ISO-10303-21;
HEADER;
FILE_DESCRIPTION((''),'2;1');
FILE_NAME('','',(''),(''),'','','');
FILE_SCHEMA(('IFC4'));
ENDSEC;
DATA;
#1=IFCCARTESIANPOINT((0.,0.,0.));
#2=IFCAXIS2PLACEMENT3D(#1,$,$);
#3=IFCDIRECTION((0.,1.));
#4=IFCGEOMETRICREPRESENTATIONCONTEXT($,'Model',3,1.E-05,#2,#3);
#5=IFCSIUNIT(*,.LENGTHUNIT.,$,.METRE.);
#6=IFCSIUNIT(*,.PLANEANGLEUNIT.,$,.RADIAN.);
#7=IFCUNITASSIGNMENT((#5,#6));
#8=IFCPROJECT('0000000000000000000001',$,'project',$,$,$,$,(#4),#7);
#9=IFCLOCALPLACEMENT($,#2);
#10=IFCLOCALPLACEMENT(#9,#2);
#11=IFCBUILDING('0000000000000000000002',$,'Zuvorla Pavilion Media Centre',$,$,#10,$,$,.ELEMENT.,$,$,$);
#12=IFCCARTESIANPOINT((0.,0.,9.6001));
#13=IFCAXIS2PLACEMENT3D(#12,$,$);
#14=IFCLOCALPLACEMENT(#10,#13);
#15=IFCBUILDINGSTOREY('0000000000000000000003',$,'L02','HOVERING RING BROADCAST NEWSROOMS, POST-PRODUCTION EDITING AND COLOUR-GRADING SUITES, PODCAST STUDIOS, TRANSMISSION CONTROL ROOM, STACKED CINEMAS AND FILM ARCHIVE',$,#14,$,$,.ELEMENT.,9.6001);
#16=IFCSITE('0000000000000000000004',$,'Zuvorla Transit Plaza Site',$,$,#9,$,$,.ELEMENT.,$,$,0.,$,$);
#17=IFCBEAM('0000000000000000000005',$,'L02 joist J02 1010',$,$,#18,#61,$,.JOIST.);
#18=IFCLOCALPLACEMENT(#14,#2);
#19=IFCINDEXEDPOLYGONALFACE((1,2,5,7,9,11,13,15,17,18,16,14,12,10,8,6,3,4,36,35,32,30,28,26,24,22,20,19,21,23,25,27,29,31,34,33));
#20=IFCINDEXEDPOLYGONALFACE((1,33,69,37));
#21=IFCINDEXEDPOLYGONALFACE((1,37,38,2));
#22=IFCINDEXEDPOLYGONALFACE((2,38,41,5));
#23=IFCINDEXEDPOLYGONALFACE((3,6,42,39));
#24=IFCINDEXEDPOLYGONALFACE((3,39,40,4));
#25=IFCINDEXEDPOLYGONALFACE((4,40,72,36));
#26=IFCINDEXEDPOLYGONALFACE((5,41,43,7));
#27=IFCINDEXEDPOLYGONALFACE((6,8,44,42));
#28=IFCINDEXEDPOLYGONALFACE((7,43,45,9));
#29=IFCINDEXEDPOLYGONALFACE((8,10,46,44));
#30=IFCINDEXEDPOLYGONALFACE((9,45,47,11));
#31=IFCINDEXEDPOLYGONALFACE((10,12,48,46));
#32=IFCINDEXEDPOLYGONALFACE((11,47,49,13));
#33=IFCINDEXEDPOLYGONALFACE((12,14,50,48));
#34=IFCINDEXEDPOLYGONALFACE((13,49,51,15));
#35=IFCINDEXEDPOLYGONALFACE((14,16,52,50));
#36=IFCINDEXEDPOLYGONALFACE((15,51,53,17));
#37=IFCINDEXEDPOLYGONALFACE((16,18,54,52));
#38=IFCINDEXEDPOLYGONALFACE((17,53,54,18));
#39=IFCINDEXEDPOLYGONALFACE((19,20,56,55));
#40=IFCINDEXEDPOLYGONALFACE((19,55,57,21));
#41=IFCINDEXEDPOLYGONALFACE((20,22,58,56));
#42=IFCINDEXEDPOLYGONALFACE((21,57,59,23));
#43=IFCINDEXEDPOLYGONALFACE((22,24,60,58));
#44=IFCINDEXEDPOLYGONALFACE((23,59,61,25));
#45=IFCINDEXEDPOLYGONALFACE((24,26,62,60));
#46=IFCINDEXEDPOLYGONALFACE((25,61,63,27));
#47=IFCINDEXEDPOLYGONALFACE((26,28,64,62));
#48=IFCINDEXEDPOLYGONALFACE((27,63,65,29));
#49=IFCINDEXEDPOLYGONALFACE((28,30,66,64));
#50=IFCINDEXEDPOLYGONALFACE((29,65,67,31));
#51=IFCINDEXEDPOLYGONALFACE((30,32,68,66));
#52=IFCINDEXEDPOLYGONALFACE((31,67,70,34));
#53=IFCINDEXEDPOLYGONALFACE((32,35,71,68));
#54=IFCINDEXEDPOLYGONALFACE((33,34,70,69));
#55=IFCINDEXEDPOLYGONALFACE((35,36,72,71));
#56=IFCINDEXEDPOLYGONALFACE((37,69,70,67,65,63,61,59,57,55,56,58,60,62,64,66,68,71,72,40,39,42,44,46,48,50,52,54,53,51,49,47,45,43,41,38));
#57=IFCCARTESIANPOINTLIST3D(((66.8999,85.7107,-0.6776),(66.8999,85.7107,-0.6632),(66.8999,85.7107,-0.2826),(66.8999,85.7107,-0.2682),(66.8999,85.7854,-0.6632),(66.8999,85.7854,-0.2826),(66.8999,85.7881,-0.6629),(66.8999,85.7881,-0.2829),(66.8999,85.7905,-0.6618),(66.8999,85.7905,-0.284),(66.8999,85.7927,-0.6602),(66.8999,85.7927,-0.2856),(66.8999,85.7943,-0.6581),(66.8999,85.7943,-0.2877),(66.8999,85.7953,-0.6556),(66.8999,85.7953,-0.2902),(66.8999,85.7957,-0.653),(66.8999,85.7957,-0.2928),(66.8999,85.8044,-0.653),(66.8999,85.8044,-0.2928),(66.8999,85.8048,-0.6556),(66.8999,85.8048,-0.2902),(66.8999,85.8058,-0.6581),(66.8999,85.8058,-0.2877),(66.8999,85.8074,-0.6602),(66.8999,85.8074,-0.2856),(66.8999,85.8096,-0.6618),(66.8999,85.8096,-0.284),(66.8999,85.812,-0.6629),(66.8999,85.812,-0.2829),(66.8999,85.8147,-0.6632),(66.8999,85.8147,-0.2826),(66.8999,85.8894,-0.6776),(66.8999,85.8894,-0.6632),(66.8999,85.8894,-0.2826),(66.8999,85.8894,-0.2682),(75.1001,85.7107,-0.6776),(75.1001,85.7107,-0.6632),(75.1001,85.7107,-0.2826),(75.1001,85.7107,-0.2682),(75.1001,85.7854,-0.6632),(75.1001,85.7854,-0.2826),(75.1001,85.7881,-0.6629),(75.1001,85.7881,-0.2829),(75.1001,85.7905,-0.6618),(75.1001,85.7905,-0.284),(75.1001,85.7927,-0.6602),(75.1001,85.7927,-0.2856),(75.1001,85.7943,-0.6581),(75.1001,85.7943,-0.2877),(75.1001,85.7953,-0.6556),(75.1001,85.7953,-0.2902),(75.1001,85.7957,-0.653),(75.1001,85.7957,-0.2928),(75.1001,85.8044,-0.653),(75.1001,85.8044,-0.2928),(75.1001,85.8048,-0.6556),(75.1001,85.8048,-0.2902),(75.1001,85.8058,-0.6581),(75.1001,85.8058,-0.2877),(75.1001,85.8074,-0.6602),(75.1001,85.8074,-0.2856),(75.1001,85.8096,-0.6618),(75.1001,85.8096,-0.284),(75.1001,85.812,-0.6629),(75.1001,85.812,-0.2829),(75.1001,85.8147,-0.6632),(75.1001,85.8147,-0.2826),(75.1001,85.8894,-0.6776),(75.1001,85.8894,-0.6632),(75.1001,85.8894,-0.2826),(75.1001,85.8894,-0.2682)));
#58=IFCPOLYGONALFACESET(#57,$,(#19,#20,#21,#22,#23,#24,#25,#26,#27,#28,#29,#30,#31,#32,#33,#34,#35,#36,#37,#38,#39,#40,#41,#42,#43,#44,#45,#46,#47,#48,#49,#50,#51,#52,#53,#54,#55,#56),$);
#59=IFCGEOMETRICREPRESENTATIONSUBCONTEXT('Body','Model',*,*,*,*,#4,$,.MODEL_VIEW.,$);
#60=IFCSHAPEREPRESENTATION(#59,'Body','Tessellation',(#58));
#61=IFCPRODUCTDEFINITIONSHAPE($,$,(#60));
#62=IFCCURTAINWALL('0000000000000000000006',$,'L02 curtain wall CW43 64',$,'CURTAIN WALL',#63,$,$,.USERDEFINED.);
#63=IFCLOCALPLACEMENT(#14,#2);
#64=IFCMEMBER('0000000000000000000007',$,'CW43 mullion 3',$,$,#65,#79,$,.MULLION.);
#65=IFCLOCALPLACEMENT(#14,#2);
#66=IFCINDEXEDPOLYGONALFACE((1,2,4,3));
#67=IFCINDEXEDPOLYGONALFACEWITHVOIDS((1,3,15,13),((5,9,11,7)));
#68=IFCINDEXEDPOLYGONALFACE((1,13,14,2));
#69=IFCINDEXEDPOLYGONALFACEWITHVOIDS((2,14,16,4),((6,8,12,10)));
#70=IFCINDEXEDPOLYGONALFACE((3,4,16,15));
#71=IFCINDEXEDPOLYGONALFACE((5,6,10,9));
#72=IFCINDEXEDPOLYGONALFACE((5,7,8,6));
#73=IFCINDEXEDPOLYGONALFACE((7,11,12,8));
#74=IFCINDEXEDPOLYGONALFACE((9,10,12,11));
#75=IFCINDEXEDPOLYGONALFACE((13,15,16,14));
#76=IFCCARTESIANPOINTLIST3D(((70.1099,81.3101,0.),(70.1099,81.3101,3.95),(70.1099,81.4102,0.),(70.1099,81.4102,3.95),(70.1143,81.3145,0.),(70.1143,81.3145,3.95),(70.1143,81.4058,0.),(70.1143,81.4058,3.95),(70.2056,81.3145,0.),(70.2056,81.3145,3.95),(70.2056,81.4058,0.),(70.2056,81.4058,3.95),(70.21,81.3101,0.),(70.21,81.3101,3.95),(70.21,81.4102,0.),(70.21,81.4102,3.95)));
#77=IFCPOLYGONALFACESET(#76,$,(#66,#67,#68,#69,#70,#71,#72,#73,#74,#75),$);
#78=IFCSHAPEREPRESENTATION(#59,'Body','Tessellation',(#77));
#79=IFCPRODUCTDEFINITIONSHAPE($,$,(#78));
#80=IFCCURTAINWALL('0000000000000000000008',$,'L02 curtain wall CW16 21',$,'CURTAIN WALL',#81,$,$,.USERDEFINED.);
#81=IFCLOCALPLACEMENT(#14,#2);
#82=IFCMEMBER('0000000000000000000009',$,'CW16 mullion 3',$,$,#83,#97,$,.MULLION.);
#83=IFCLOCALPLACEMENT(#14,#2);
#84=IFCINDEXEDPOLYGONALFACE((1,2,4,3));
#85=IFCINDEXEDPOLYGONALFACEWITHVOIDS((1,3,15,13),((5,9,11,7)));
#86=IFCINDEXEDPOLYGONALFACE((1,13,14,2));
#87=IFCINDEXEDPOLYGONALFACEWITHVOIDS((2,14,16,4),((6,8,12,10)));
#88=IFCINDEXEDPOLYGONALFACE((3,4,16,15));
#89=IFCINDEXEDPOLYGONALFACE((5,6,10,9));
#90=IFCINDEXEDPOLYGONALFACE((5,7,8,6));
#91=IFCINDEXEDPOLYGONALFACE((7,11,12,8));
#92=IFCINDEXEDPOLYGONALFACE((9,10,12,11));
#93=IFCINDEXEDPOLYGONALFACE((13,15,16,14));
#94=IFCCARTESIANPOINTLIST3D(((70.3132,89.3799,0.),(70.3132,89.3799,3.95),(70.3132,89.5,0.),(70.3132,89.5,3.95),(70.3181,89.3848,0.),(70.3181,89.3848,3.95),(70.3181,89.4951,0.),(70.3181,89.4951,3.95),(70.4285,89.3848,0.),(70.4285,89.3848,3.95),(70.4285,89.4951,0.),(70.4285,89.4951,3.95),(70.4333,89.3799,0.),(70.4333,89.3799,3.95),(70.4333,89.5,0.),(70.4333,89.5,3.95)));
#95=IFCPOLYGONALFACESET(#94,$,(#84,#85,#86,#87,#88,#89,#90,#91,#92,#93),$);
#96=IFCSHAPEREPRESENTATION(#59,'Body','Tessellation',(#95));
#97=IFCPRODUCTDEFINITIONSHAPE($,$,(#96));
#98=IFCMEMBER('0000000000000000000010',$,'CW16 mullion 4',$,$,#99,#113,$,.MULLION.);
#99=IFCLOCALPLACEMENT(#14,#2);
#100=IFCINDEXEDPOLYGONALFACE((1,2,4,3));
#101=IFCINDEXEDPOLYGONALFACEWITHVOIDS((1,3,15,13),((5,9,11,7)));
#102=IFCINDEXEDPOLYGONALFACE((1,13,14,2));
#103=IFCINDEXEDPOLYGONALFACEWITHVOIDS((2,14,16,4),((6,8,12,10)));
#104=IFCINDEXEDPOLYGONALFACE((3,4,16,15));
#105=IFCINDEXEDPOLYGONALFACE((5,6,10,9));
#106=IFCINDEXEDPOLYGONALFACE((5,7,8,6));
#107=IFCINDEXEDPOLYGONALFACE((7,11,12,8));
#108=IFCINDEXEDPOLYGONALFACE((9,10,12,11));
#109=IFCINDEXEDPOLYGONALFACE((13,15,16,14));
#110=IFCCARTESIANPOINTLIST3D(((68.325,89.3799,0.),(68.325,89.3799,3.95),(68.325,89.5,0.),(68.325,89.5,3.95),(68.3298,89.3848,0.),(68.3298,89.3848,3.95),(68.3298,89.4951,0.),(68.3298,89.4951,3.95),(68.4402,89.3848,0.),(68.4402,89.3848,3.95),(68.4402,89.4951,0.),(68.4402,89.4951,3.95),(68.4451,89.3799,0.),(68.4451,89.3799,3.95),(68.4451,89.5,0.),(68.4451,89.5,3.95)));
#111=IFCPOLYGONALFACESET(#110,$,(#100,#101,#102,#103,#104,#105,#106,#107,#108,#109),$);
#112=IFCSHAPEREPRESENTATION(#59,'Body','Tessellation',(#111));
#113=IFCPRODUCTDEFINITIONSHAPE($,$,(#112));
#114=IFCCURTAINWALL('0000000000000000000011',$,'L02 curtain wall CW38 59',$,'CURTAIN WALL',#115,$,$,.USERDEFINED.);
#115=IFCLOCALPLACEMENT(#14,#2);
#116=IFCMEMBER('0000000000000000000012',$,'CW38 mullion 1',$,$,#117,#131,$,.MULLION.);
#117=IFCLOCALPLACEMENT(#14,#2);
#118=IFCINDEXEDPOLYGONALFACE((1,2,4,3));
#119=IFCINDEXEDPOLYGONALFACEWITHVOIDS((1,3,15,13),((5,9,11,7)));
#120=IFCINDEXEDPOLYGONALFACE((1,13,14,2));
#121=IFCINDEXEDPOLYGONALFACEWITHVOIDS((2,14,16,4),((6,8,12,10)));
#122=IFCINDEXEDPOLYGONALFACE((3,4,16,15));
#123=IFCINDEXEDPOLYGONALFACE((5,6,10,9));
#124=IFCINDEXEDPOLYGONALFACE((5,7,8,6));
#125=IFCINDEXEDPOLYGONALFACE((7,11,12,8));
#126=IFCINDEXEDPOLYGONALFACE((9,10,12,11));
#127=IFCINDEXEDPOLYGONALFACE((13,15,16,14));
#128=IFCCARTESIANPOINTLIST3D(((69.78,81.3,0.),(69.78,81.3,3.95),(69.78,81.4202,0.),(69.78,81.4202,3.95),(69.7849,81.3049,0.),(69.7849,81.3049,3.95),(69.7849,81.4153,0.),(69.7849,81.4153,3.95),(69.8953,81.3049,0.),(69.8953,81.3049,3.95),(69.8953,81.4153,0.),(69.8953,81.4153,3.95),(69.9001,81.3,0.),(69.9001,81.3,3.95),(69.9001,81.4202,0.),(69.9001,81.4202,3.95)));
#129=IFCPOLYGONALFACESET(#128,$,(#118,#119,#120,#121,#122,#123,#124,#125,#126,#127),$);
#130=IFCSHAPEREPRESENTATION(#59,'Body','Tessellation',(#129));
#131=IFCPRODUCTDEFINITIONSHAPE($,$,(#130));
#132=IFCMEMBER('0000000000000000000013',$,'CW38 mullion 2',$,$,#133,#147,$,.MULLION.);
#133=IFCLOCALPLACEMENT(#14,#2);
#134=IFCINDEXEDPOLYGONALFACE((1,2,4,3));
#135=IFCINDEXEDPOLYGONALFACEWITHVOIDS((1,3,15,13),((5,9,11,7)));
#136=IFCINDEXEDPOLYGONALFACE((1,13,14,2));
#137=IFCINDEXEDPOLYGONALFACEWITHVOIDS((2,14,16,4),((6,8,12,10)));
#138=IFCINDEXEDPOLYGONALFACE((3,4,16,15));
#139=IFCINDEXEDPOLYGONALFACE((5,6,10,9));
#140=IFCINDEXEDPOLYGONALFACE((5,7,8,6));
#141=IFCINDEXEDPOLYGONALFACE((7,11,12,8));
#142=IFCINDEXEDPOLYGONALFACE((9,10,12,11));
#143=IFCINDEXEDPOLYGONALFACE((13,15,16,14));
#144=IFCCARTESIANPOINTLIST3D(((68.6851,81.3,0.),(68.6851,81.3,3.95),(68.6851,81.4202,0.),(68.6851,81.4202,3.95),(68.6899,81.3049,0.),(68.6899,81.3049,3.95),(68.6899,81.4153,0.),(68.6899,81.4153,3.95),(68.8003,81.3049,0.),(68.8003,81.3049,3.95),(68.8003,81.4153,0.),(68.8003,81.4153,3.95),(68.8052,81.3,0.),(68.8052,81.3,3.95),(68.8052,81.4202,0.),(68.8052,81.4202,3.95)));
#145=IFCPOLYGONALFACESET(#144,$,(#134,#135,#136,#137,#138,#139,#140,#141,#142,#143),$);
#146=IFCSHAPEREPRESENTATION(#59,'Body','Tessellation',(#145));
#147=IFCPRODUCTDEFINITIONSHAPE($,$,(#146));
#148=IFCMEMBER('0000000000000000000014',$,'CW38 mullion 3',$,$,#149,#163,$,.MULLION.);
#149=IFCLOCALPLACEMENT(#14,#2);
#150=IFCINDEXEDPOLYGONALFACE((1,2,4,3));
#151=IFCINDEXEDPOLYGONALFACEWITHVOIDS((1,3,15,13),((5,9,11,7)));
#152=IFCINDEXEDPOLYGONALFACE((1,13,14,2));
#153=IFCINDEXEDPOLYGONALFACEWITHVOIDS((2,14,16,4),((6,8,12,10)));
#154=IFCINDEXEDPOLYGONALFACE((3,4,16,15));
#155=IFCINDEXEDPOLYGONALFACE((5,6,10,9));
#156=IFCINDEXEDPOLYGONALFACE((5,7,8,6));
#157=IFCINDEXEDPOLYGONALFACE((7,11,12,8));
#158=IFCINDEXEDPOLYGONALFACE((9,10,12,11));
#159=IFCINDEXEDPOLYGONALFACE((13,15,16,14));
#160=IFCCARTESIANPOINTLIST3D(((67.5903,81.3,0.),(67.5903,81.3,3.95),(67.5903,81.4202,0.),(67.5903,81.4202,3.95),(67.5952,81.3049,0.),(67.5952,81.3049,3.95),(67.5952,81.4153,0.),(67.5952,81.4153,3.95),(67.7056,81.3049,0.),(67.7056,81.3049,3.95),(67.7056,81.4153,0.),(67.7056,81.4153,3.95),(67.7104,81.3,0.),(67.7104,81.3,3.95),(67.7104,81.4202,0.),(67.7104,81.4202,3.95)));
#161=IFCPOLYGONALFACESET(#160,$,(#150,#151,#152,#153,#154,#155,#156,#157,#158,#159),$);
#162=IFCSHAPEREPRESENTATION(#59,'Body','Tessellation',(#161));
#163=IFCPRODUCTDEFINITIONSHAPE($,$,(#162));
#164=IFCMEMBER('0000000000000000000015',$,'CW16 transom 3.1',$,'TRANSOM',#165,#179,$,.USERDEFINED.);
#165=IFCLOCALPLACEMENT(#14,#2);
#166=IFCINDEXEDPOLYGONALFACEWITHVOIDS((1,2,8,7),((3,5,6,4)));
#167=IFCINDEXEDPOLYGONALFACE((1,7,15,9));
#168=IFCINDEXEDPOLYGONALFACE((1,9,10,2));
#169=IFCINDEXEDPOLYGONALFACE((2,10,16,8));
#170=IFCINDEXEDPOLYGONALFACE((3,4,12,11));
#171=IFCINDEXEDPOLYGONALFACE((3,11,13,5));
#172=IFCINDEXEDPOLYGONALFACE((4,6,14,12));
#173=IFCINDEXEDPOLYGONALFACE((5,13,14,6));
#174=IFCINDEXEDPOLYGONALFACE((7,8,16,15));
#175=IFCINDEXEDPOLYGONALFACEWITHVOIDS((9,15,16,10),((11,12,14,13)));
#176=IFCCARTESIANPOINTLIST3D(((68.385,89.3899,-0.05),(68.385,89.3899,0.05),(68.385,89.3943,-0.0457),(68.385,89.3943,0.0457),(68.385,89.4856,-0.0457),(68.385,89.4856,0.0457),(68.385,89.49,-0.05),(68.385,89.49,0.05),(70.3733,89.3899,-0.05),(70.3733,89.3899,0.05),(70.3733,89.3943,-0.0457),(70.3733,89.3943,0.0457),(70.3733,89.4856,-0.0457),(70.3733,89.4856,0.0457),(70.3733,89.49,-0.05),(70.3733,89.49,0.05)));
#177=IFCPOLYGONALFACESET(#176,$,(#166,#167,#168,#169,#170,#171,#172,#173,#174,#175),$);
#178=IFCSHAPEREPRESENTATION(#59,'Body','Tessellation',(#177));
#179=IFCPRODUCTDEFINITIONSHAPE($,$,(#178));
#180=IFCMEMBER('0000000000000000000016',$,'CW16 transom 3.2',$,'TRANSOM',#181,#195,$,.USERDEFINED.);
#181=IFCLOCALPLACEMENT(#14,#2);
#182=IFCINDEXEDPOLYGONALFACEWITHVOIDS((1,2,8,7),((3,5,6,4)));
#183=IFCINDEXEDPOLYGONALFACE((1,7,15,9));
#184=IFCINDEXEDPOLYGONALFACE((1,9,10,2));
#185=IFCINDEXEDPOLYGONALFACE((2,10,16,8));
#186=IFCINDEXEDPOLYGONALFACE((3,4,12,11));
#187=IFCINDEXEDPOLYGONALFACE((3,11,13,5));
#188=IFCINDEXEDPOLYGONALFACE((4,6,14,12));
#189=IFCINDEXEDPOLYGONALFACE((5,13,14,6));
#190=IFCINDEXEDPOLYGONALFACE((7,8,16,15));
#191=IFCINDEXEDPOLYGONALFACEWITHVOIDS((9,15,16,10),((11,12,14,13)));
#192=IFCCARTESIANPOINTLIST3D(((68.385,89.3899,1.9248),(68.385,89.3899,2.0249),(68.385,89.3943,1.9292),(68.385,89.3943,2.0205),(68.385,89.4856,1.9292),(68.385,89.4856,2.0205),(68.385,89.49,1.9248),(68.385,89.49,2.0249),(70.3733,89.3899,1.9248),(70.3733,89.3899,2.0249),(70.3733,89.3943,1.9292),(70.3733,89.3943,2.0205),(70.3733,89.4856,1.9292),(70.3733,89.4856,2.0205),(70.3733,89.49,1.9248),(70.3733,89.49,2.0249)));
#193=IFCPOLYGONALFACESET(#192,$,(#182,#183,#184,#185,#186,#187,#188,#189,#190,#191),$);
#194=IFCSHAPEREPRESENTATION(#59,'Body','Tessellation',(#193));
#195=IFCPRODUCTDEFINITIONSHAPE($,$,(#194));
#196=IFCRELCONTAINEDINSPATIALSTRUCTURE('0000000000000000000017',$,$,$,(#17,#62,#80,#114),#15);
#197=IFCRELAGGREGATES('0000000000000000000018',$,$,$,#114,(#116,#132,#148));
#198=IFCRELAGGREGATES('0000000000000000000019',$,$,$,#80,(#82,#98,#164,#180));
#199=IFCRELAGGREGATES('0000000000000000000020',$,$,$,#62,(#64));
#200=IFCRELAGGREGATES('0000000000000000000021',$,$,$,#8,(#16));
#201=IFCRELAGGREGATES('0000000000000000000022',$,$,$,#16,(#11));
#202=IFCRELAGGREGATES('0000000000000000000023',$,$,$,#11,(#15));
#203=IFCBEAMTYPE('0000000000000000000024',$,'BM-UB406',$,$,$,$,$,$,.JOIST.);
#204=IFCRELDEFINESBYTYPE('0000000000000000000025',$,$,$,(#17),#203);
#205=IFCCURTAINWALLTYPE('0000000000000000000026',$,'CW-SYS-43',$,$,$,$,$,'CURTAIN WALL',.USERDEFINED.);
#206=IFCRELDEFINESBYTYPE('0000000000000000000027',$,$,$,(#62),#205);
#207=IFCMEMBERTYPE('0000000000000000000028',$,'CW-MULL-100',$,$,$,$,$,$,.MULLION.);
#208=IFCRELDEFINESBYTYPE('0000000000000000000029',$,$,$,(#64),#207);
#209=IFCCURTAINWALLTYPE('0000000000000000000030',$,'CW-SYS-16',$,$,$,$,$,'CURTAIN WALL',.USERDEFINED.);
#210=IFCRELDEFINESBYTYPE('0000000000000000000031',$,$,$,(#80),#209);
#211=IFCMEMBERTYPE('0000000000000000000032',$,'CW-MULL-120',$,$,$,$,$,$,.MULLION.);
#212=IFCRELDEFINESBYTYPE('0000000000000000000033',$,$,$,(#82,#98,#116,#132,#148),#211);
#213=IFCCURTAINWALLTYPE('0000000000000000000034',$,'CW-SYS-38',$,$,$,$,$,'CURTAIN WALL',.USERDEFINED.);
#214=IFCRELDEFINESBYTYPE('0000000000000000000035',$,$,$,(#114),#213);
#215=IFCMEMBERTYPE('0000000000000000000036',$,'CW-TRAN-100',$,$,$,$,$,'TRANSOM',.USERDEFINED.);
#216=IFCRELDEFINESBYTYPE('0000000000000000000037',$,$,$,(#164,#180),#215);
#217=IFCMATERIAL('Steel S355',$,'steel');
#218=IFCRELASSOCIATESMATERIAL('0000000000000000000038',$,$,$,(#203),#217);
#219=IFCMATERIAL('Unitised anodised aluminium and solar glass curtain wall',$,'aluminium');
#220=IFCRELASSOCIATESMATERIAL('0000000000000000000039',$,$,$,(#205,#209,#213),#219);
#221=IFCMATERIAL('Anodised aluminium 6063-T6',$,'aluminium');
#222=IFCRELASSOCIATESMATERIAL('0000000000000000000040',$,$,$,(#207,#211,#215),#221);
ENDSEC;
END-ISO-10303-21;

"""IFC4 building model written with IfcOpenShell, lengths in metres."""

from ifc_helpers import new_model, si_unit, direction, frame, origin, origin_2d, place, context, subcontext, project, spatial, hollow_rectangle, i_section, extrude, material, material_profile, profile_set, type_object, element, aggregate, save


model = new_model("IFC4")

# Units and contexts
model_context = context("Model", 3, precision=1e-05, world=origin(), true_north=direction((0.0, 1.0)))
body_context = subcontext(model_context, "Body", "Model", "MODEL_VIEW")
ifc_project = project(units=[si_unit("LENGTHUNIT", "METRE"), si_unit("PLANEANGLEUNIT", "RADIAN")], contexts=[model_context])

# Site, building, storey
site_placement = place(None, origin())
site = spatial("IfcSite", under=ifc_project, at=site_placement, Name="Zuvorla Transit Plaza Site", CompositionType="ELEMENT", RefElevation=0.0)
building_placement = place(site_placement, origin())
building = spatial("IfcBuilding", under=site, at=building_placement, Name="Zuvorla Pavilion Media Centre", CompositionType="ELEMENT")
storey_placement = place(building_placement, frame((0.0, 0.0, 9.6001)))
storey = spatial("IfcBuildingStorey", under=building, at=storey_placement, Name="L02", Description="HOVERING RING BROADCAST NEWSROOMS, POST-PRODUCTION EDITING AND COLOUR-GRADING SUITES, PODCAST STUDIOS, TRANSMISSION CONTROL ROOM, STACKED CINEMAS AND FILM ARCHIVE", CompositionType="ELEMENT", Elevation=9.6001)

# Beam
ifc_material_1 = material(Name="Steel S355", Category="steel")
ifc_material_profile_1 = material_profile(ifc_material_1, i_section(OverallWidth=0.1787, OverallDepth=0.4094, WebThickness=0.0088, FlangeThickness=0.0144, FilletRadius=0.0103, at=origin_2d()), Name="UB 406x178x67")
ifc_profile_set_1 = profile_set([ifc_material_profile_1], Name="Steel S355")
beam_type = type_object("IfcBeamType", Name="BM-UB406", PredefinedType="JOIST", material=ifc_profile_set_1)
beam_placement = place(storey_placement, frame((66.8999, 85.8, -0.4729), z_axis=(1.0, 0.0, 0.0), x_axis=(0.0, 1.0, 0.0)))
element("IfcBeam", 1, at=beam_placement, inside=storey, type_object=beam_type, Name="L02 joist J02 1010", PredefinedType="JOIST", context=body_context, shape_type="SweptSolid", body=[
    extrude(i_section(OverallWidth=0.1787, OverallDepth=0.4094, WebThickness=0.0088, FlangeThickness=0.0144, FilletRadius=0.0103, at=origin_2d()), origin(), (0.0, 0.0, 1.0), 8.2002),
])

# Curtain wall, member
ifc_material_2 = material(Name="Unitised anodised aluminium and solar glass curtain wall", Category="aluminium")
curtain_wall_type_1 = type_object("IfcCurtainWallType", Name="CW-SYS-43", ElementType="CURTAIN WALL", PredefinedType="USERDEFINED", material=ifc_material_2)
curtain_wall_1_placement = place(storey_placement, origin())
curtain_wall_1 = element("IfcCurtainWall", 2, at=curtain_wall_1_placement, inside=storey, type_object=curtain_wall_type_1, Name="L02 curtain wall CW43 64", ObjectType="CURTAIN WALL", PredefinedType="USERDEFINED")
ifc_material_3 = material(Name="Anodised aluminium 6063-T6", Category="aluminium")
ifc_material_profile_2 = material_profile(ifc_material_3, hollow_rectangle(XDim=0.1001, YDim=0.1001, WallThickness=0.0044, at=origin_2d()), Name="ALU MULL 100x100")
ifc_profile_set_2 = profile_set([ifc_material_profile_2], Name="Anodised aluminium 6063-T6")
member_type_1 = type_object("IfcMemberType", Name="CW-MULL-100", PredefinedType="MULLION", material=ifc_profile_set_2)
member_1_placement = place(storey_placement, frame((70.1599, 81.3601, 0.0), z_axis=(0.0, 0.0, 1.0), x_axis=(1.0, 0.0, 0.0)))
member_1 = element("IfcMember", 3, at=member_1_placement, type_object=member_type_1, Name="CW43 mullion 3", PredefinedType="MULLION", context=body_context, shape_type="SweptSolid", body=[
    extrude(hollow_rectangle(XDim=0.1001, YDim=0.1001, WallThickness=0.0044, at=origin_2d()), origin(), (0.0, 0.0, 1.0), 3.95),
])

# Curtain walls, members
curtain_wall_type_2 = type_object("IfcCurtainWallType", Name="CW-SYS-16", ElementType="CURTAIN WALL", PredefinedType="USERDEFINED", material=ifc_material_2)
curtain_wall_2_placement = place(storey_placement, origin())
curtain_wall_2 = element("IfcCurtainWall", 4, at=curtain_wall_2_placement, inside=storey, type_object=curtain_wall_type_2, Name="L02 curtain wall CW16 21", ObjectType="CURTAIN WALL", PredefinedType="USERDEFINED")
ifc_material_profile_3 = material_profile(ifc_material_3, hollow_rectangle(XDim=0.1201, YDim=0.1201, WallThickness=0.0049, at=origin_2d()), Name="ALU MULL 120x120")
ifc_profile_set_3 = profile_set([ifc_material_profile_3], Name="Anodised aluminium 6063-T6")
member_type_2 = type_object("IfcMemberType", Name="CW-MULL-120", PredefinedType="MULLION", material=ifc_profile_set_3)
member_2_placement = place(storey_placement, frame((70.3733, 89.4399, 0.0), z_axis=(0.0, 0.0, 1.0), x_axis=(1.0, 0.0, 0.0)))
member_2 = element("IfcMember", 5, at=member_2_placement, type_object=member_type_2, Name="CW16 mullion 3", PredefinedType="MULLION", context=body_context, shape_type="SweptSolid", body=[
    extrude(hollow_rectangle(XDim=0.1201, YDim=0.1201, WallThickness=0.0049, at=origin_2d()), origin(), (0.0, 0.0, 1.0), 3.95),
])
member_3_placement = place(storey_placement, frame((68.385, 89.4399, 0.0), z_axis=(0.0, 0.0, 1.0), x_axis=(1.0, 0.0, 0.0)))
member_3 = element("IfcMember", 6, at=member_3_placement, type_object=member_type_2, Name="CW16 mullion 4", PredefinedType="MULLION", context=body_context, shape_type="SweptSolid", body=[
    extrude(hollow_rectangle(XDim=0.1201, YDim=0.1201, WallThickness=0.0049, at=origin_2d()), origin(), (0.0, 0.0, 1.0), 3.95),
])
curtain_wall_type_3 = type_object("IfcCurtainWallType", Name="CW-SYS-38", ElementType="CURTAIN WALL", PredefinedType="USERDEFINED", material=ifc_material_2)
curtain_wall_3_placement = place(storey_placement, origin())
curtain_wall_3 = element("IfcCurtainWall", 7, at=curtain_wall_3_placement, inside=storey, type_object=curtain_wall_type_3, Name="L02 curtain wall CW38 59", ObjectType="CURTAIN WALL", PredefinedType="USERDEFINED")
member_4_placement = place(storey_placement, frame((69.8401, 81.3601, 0.0), z_axis=(0.0, 0.0, 1.0), x_axis=(1.0, 0.0, 0.0)))
member_4 = element("IfcMember", 8, at=member_4_placement, type_object=member_type_2, Name="CW38 mullion 1", PredefinedType="MULLION", context=body_context, shape_type="SweptSolid", body=[
    extrude(hollow_rectangle(XDim=0.1201, YDim=0.1201, WallThickness=0.0049, at=origin_2d()), origin(), (0.0, 0.0, 1.0), 3.95),
])
member_5_placement = place(storey_placement, frame((68.7451, 81.3601, 0.0), z_axis=(0.0, 0.0, 1.0), x_axis=(1.0, 0.0, 0.0)))
member_5 = element("IfcMember", 9, at=member_5_placement, type_object=member_type_2, Name="CW38 mullion 2", PredefinedType="MULLION", context=body_context, shape_type="SweptSolid", body=[
    extrude(hollow_rectangle(XDim=0.1201, YDim=0.1201, WallThickness=0.0049, at=origin_2d()), origin(), (0.0, 0.0, 1.0), 3.95),
])
member_6_placement = place(storey_placement, frame((67.6504, 81.3601, 0.0), z_axis=(0.0, 0.0, 1.0), x_axis=(1.0, 0.0, 0.0)))
member_6 = element("IfcMember", 10, at=member_6_placement, type_object=member_type_2, Name="CW38 mullion 3", PredefinedType="MULLION", context=body_context, shape_type="SweptSolid", body=[
    extrude(hollow_rectangle(XDim=0.1201, YDim=0.1201, WallThickness=0.0049, at=origin_2d()), origin(), (0.0, 0.0, 1.0), 3.95),
])

# Members
ifc_material_profile_4 = material_profile(ifc_material_3, hollow_rectangle(XDim=0.1001, YDim=0.1001, WallThickness=0.0044, at=origin_2d()), Name="ALU TRAN 100x100")
ifc_profile_set_4 = profile_set([ifc_material_profile_4], Name="Anodised aluminium 6063-T6")
member_type_3 = type_object("IfcMemberType", Name="CW-TRAN-100", ElementType="TRANSOM", PredefinedType="USERDEFINED", material=ifc_profile_set_4)
member_7_placement = place(storey_placement, frame((70.3733, 89.4399, 0.0), z_axis=(-1.0, 0.0, 0.0), x_axis=(0.0, -1.0, 0.0)))
member_7 = element("IfcMember", 11, at=member_7_placement, type_object=member_type_3, Name="CW16 transom 3.1", ObjectType="TRANSOM", PredefinedType="USERDEFINED", context=body_context, shape_type="SweptSolid", body=[
    extrude(hollow_rectangle(XDim=0.1001, YDim=0.1001, WallThickness=0.0044, at=origin_2d()), origin(), (0.0, 0.0, 1.0), 1.9883),
])
member_8_placement = place(storey_placement, frame((70.3733, 89.4399, 1.9749), z_axis=(-1.0, 0.0, 0.0), x_axis=(0.0, -1.0, 0.0)))
member_8 = element("IfcMember", 12, at=member_8_placement, type_object=member_type_3, Name="CW16 transom 3.2", ObjectType="TRANSOM", PredefinedType="USERDEFINED", context=body_context, shape_type="SweptSolid", body=[
    extrude(hollow_rectangle(XDim=0.1001, YDim=0.1001, WallThickness=0.0044, at=origin_2d()), origin(), (0.0, 0.0, 1.0), 1.9883),
])

aggregate(curtain_wall_3, [member_4, member_5, member_6])
aggregate(curtain_wall_2, [member_2, member_3, member_7, member_8])
aggregate(curtain_wall_1, [member_1])

save(model, "model.ifc")
